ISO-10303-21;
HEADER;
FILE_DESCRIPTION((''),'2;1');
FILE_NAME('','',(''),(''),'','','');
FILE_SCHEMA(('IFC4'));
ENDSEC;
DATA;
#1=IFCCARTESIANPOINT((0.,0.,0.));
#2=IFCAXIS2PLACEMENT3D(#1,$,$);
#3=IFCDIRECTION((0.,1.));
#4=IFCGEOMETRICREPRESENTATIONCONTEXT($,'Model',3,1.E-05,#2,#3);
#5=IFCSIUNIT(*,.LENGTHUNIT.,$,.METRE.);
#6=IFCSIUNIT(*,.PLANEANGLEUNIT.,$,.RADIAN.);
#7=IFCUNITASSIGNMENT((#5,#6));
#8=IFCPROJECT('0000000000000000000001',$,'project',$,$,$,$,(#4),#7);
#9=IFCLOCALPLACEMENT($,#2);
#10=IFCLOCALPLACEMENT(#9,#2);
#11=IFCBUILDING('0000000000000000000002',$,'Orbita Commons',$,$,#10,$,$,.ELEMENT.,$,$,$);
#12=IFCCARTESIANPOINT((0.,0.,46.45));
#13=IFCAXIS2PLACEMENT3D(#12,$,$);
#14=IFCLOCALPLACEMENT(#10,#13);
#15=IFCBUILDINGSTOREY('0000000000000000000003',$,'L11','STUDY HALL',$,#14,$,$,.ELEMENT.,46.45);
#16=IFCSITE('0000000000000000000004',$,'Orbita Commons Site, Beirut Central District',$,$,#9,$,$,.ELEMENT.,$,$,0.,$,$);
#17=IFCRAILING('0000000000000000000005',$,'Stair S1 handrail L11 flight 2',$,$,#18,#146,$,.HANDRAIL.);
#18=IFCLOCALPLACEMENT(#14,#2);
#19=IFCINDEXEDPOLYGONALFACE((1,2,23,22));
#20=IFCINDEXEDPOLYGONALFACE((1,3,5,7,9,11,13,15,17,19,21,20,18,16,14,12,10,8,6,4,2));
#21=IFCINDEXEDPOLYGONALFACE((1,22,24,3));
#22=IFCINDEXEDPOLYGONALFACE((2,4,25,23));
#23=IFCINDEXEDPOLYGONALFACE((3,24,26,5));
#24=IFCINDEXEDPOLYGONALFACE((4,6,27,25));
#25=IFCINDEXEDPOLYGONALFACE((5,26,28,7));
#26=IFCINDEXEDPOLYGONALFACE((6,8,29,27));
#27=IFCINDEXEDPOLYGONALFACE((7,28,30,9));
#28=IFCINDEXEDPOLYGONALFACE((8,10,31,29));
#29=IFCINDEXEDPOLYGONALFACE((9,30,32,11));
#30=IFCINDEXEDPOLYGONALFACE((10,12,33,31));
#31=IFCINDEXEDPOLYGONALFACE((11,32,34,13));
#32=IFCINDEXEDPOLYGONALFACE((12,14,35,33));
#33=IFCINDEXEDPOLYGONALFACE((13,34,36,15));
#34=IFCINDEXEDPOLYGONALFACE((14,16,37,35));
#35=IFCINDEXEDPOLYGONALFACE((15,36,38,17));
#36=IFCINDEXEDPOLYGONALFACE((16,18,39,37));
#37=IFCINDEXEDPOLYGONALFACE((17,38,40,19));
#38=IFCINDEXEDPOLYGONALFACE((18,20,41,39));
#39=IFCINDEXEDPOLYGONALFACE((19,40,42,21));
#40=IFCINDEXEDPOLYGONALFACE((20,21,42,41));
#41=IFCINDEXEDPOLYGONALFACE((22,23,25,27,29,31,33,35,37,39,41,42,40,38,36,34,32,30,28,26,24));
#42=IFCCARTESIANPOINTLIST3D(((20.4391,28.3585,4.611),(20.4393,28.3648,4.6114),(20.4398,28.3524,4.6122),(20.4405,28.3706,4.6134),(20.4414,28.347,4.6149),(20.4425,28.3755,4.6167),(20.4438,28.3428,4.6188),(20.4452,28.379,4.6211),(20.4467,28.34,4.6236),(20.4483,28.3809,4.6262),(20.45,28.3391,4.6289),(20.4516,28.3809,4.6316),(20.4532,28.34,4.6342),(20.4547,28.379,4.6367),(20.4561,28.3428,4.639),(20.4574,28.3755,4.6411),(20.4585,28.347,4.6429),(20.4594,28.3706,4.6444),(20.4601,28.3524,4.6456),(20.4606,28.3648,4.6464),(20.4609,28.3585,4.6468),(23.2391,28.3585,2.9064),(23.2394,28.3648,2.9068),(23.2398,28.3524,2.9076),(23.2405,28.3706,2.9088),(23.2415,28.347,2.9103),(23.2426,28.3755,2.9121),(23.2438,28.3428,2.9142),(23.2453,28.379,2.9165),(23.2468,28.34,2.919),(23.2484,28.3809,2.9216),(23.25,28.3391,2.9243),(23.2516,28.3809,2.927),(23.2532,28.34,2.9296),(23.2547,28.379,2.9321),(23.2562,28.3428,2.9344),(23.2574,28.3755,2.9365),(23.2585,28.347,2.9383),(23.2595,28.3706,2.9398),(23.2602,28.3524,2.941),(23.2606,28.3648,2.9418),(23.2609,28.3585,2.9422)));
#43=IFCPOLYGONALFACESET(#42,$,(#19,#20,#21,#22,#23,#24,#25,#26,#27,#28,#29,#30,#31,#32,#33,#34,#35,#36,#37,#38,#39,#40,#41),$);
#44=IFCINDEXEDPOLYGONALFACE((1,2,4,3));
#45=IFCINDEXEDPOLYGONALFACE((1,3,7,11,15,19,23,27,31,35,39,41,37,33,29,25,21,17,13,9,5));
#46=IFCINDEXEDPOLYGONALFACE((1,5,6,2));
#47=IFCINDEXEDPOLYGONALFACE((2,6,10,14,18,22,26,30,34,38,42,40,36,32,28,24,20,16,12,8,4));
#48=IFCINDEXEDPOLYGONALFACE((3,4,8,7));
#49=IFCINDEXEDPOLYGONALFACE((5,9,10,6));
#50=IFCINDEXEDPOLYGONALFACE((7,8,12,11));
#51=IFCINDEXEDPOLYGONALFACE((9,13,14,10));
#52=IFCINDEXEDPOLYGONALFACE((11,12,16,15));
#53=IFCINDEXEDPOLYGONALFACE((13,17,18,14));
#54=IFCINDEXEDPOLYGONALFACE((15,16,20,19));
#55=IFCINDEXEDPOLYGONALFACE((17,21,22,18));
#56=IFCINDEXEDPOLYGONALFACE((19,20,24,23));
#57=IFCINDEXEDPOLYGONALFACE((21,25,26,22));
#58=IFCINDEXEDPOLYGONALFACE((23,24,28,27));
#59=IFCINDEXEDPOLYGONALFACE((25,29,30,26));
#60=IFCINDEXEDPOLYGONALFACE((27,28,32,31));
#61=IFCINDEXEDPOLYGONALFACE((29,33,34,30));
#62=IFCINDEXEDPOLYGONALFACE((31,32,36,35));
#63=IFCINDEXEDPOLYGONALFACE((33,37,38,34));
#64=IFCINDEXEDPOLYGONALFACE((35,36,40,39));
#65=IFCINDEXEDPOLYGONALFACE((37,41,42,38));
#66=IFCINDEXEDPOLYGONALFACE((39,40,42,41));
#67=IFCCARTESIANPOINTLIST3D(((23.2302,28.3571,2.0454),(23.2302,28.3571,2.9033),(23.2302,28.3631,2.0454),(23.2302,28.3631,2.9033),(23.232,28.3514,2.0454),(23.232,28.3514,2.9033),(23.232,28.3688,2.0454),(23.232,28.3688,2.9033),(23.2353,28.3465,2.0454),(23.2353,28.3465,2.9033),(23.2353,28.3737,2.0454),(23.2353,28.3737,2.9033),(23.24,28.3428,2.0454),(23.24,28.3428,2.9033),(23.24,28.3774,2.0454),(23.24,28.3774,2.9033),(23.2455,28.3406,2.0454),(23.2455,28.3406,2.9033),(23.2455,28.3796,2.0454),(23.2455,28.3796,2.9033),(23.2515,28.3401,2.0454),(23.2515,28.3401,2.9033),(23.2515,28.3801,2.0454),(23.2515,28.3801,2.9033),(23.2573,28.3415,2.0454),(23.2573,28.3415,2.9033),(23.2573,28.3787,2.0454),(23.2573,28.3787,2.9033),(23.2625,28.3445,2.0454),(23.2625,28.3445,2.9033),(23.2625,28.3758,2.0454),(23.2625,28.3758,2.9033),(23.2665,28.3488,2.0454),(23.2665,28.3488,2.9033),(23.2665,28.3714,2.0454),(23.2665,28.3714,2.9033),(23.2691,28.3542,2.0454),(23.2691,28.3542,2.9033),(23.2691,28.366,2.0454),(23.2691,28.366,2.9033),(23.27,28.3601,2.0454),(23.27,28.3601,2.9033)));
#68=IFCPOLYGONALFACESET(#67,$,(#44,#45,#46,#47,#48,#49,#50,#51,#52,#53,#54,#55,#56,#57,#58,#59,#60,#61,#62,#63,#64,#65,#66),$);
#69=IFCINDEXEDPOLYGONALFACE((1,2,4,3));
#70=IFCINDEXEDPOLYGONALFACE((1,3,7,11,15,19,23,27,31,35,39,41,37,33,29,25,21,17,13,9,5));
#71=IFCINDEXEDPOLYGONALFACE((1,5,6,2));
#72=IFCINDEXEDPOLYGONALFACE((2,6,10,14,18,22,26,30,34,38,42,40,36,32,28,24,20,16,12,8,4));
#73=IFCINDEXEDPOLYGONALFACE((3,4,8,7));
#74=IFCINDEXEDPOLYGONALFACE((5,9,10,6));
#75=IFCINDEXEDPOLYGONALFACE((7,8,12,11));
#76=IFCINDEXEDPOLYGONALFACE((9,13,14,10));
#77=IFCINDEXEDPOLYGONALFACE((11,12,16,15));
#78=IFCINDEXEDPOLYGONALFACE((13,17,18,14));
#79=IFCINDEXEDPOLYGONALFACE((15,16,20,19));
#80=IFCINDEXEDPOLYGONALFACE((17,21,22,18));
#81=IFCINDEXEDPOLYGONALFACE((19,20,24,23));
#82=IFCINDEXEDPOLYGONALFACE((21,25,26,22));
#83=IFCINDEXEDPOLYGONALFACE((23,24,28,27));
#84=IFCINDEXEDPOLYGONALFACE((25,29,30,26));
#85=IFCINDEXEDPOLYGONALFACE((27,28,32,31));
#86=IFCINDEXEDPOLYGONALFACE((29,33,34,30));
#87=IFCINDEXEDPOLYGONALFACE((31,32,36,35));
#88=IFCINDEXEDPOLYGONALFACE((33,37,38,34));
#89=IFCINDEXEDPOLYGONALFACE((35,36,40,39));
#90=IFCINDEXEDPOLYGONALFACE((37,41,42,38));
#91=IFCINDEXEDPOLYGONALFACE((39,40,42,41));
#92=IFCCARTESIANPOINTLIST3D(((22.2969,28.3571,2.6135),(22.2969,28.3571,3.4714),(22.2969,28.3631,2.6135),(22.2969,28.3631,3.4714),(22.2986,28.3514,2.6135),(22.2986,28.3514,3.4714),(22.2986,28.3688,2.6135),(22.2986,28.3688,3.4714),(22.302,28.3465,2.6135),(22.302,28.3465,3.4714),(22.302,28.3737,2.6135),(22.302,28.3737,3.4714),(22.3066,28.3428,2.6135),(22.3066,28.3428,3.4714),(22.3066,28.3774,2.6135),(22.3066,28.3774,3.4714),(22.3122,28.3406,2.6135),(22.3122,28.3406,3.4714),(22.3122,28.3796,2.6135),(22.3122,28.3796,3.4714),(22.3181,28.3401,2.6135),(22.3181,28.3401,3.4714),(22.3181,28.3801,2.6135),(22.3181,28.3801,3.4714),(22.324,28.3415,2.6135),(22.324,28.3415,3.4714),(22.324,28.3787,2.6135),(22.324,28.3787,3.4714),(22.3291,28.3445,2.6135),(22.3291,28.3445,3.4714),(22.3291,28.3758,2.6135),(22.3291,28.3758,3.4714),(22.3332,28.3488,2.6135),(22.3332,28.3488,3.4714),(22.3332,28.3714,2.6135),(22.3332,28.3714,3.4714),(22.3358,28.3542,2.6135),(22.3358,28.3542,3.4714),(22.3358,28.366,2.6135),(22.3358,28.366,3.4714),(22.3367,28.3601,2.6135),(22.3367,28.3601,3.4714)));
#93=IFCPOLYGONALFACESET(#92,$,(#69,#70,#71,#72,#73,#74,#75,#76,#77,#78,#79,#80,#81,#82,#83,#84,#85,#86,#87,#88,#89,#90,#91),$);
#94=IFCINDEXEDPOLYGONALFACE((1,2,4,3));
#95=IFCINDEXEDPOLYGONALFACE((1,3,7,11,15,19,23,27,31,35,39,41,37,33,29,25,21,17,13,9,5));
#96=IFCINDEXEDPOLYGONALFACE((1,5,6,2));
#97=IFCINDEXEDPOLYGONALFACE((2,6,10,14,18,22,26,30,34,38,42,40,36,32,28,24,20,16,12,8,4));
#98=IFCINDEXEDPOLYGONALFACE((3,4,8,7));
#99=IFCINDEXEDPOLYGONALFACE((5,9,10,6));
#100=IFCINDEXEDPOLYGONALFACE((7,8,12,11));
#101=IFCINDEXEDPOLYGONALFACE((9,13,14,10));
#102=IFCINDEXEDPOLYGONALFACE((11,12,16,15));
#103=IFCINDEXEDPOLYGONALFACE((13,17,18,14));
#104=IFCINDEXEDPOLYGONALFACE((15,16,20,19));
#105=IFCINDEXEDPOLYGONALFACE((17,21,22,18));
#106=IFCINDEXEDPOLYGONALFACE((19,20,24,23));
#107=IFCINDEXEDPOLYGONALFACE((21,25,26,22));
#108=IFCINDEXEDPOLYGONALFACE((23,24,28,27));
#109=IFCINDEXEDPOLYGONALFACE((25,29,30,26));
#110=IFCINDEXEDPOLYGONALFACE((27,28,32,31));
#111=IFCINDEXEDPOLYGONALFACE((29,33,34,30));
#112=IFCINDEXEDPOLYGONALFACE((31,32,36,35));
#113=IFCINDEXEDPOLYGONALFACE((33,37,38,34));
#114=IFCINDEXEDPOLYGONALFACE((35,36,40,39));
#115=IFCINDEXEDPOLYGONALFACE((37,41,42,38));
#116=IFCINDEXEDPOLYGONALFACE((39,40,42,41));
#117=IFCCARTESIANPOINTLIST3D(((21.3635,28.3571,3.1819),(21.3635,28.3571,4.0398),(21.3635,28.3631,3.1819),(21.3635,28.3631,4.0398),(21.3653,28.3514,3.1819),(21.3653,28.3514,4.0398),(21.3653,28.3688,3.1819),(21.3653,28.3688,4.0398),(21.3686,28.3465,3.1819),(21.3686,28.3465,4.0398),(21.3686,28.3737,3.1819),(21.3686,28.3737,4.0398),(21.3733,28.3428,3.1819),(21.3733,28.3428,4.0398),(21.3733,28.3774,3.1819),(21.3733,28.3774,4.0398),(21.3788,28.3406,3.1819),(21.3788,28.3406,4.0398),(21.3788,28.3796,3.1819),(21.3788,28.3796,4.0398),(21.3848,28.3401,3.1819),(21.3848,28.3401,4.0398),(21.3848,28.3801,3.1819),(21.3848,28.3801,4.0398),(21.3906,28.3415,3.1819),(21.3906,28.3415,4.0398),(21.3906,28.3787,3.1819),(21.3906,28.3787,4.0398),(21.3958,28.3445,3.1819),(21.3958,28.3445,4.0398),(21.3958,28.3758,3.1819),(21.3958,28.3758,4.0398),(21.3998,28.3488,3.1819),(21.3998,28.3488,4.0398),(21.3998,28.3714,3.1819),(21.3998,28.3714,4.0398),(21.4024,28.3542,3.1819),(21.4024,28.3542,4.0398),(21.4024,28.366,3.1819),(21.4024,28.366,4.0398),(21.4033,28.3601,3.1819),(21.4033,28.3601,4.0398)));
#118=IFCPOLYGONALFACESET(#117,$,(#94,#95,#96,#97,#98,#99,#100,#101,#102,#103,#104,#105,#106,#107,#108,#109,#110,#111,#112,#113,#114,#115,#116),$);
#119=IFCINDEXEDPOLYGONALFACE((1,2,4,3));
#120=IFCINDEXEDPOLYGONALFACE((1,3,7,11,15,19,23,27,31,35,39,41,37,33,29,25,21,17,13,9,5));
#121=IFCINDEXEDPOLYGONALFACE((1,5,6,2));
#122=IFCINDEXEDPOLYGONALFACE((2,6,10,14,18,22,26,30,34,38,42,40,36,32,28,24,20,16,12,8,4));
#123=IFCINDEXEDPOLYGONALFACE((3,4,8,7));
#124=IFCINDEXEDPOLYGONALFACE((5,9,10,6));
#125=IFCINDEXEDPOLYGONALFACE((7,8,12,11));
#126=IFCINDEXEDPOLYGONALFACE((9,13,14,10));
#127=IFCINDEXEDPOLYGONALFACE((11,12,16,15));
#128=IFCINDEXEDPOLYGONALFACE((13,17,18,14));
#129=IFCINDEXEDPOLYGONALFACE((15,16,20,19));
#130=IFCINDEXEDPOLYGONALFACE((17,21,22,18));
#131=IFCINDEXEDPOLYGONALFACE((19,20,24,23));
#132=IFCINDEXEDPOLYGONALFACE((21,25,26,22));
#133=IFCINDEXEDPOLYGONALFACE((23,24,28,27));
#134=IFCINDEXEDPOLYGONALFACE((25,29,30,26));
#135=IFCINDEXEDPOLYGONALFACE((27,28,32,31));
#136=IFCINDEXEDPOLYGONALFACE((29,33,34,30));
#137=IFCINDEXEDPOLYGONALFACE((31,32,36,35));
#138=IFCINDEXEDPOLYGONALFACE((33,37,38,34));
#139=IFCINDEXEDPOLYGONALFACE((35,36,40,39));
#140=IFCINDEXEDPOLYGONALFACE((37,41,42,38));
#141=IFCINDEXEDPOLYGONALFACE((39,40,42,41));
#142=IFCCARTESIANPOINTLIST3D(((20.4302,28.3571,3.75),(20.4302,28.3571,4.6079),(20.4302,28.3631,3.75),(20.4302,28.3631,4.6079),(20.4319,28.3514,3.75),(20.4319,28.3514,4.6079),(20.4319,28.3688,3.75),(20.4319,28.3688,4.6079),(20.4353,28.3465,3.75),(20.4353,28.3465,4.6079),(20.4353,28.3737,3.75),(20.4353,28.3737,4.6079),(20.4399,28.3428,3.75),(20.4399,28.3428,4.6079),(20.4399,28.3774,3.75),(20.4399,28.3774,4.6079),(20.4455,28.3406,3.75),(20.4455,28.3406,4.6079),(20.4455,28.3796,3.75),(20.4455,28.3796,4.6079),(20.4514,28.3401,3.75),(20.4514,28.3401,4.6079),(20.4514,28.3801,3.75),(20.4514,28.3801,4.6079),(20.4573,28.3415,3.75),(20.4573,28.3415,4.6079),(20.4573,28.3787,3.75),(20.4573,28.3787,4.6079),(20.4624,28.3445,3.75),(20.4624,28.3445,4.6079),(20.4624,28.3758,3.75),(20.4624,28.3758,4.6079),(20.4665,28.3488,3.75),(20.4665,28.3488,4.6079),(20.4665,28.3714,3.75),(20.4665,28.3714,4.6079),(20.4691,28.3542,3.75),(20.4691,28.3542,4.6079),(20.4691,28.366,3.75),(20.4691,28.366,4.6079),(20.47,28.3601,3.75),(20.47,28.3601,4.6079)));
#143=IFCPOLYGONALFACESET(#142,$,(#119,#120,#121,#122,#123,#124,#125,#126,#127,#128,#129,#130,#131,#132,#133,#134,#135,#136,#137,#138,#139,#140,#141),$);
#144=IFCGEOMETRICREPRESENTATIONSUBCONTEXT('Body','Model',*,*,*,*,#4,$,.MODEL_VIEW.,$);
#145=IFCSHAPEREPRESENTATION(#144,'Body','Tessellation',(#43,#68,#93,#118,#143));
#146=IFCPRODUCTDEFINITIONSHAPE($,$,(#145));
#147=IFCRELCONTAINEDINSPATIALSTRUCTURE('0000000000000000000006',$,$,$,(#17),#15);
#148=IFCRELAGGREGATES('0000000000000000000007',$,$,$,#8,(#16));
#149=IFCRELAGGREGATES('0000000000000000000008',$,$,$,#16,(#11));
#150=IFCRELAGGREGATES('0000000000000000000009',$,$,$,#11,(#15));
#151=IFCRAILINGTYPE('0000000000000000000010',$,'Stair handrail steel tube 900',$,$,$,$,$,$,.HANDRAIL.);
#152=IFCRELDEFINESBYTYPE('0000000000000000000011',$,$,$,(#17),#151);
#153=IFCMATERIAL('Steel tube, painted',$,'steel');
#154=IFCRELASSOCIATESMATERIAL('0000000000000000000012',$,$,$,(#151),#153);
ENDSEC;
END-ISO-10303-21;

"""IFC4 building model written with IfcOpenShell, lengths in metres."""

from ifc_helpers import new_model, si_unit, direction, frame, origin, origin_2d, place, context, subcontext, project, spatial, circle, extrude, material, type_object, element, save


model = new_model("IFC4")

# Units and contexts
model_context = context("Model", 3, precision=1e-05, world=origin(), true_north=direction((0.0, 1.0)))
body_context = subcontext(model_context, "Body", "Model", "MODEL_VIEW")
ifc_project = project(units=[si_unit("LENGTHUNIT", "METRE"), si_unit("PLANEANGLEUNIT", "RADIAN")], contexts=[model_context])

# Site, building, storey
site_placement = place(None, origin())
site = spatial("IfcSite", under=ifc_project, at=site_placement, Name="Orbita Commons Site, Beirut Central District", CompositionType="ELEMENT", RefElevation=0.0)
building_placement = place(site_placement, origin())
building = spatial("IfcBuilding", under=site, at=building_placement, Name="Orbita Commons", CompositionType="ELEMENT")
storey_placement = place(building_placement, frame((0.0, 0.0, 46.45)))
storey = spatial("IfcBuildingStorey", under=building, at=storey_placement, Name="L11", Description="STUDY HALL", CompositionType="ELEMENT", Elevation=46.45)

# Railing
ifc_material = material(Name="Steel tube, painted", Category="steel")
railing_type = type_object("IfcRailingType", Name="Stair handrail steel tube 900", PredefinedType="HANDRAIL", material=ifc_material)
for number, where, name in (
    (1, (23.25, 28.3601, 2.0454), "Stair S1 handrail L11 flight 2"),
):
    element("IfcRailing", number, at=place(storey_placement, frame(where)), inside=storey, type_object=railing_type, Name=name, PredefinedType="HANDRAIL", context=body_context, shape_type="SweptSolid", body=[
        extrude(circle(Radius=0.021, at=origin_2d()), frame((0.0, 0.0, 0.8789), z_axis=(-0.85417, 0.0, 0.519994), x_axis=(0.0, -1.0, 0.0)), (0.0, 0.0, 1.0), 3.2781),
        extrude(circle(Radius=0.02, at=origin_2d()), origin(), (0.0, 0.0, 1.0), 0.8579),
        extrude(circle(Radius=0.02, at=origin_2d()), frame((-0.9333, 0.0, 0.5681)), (0.0, 0.0, 1.0), 0.8579),
        extrude(circle(Radius=0.02, at=origin_2d()), frame((-1.8667, 0.0, 1.1365)), (0.0, 0.0, 1.0), 0.8579),
        extrude(circle(Radius=0.02, at=origin_2d()), frame((-2.8, 0.0, 1.7046)), (0.0, 0.0, 1.0), 0.8579),
    ])

save(model, "model.ifc")
